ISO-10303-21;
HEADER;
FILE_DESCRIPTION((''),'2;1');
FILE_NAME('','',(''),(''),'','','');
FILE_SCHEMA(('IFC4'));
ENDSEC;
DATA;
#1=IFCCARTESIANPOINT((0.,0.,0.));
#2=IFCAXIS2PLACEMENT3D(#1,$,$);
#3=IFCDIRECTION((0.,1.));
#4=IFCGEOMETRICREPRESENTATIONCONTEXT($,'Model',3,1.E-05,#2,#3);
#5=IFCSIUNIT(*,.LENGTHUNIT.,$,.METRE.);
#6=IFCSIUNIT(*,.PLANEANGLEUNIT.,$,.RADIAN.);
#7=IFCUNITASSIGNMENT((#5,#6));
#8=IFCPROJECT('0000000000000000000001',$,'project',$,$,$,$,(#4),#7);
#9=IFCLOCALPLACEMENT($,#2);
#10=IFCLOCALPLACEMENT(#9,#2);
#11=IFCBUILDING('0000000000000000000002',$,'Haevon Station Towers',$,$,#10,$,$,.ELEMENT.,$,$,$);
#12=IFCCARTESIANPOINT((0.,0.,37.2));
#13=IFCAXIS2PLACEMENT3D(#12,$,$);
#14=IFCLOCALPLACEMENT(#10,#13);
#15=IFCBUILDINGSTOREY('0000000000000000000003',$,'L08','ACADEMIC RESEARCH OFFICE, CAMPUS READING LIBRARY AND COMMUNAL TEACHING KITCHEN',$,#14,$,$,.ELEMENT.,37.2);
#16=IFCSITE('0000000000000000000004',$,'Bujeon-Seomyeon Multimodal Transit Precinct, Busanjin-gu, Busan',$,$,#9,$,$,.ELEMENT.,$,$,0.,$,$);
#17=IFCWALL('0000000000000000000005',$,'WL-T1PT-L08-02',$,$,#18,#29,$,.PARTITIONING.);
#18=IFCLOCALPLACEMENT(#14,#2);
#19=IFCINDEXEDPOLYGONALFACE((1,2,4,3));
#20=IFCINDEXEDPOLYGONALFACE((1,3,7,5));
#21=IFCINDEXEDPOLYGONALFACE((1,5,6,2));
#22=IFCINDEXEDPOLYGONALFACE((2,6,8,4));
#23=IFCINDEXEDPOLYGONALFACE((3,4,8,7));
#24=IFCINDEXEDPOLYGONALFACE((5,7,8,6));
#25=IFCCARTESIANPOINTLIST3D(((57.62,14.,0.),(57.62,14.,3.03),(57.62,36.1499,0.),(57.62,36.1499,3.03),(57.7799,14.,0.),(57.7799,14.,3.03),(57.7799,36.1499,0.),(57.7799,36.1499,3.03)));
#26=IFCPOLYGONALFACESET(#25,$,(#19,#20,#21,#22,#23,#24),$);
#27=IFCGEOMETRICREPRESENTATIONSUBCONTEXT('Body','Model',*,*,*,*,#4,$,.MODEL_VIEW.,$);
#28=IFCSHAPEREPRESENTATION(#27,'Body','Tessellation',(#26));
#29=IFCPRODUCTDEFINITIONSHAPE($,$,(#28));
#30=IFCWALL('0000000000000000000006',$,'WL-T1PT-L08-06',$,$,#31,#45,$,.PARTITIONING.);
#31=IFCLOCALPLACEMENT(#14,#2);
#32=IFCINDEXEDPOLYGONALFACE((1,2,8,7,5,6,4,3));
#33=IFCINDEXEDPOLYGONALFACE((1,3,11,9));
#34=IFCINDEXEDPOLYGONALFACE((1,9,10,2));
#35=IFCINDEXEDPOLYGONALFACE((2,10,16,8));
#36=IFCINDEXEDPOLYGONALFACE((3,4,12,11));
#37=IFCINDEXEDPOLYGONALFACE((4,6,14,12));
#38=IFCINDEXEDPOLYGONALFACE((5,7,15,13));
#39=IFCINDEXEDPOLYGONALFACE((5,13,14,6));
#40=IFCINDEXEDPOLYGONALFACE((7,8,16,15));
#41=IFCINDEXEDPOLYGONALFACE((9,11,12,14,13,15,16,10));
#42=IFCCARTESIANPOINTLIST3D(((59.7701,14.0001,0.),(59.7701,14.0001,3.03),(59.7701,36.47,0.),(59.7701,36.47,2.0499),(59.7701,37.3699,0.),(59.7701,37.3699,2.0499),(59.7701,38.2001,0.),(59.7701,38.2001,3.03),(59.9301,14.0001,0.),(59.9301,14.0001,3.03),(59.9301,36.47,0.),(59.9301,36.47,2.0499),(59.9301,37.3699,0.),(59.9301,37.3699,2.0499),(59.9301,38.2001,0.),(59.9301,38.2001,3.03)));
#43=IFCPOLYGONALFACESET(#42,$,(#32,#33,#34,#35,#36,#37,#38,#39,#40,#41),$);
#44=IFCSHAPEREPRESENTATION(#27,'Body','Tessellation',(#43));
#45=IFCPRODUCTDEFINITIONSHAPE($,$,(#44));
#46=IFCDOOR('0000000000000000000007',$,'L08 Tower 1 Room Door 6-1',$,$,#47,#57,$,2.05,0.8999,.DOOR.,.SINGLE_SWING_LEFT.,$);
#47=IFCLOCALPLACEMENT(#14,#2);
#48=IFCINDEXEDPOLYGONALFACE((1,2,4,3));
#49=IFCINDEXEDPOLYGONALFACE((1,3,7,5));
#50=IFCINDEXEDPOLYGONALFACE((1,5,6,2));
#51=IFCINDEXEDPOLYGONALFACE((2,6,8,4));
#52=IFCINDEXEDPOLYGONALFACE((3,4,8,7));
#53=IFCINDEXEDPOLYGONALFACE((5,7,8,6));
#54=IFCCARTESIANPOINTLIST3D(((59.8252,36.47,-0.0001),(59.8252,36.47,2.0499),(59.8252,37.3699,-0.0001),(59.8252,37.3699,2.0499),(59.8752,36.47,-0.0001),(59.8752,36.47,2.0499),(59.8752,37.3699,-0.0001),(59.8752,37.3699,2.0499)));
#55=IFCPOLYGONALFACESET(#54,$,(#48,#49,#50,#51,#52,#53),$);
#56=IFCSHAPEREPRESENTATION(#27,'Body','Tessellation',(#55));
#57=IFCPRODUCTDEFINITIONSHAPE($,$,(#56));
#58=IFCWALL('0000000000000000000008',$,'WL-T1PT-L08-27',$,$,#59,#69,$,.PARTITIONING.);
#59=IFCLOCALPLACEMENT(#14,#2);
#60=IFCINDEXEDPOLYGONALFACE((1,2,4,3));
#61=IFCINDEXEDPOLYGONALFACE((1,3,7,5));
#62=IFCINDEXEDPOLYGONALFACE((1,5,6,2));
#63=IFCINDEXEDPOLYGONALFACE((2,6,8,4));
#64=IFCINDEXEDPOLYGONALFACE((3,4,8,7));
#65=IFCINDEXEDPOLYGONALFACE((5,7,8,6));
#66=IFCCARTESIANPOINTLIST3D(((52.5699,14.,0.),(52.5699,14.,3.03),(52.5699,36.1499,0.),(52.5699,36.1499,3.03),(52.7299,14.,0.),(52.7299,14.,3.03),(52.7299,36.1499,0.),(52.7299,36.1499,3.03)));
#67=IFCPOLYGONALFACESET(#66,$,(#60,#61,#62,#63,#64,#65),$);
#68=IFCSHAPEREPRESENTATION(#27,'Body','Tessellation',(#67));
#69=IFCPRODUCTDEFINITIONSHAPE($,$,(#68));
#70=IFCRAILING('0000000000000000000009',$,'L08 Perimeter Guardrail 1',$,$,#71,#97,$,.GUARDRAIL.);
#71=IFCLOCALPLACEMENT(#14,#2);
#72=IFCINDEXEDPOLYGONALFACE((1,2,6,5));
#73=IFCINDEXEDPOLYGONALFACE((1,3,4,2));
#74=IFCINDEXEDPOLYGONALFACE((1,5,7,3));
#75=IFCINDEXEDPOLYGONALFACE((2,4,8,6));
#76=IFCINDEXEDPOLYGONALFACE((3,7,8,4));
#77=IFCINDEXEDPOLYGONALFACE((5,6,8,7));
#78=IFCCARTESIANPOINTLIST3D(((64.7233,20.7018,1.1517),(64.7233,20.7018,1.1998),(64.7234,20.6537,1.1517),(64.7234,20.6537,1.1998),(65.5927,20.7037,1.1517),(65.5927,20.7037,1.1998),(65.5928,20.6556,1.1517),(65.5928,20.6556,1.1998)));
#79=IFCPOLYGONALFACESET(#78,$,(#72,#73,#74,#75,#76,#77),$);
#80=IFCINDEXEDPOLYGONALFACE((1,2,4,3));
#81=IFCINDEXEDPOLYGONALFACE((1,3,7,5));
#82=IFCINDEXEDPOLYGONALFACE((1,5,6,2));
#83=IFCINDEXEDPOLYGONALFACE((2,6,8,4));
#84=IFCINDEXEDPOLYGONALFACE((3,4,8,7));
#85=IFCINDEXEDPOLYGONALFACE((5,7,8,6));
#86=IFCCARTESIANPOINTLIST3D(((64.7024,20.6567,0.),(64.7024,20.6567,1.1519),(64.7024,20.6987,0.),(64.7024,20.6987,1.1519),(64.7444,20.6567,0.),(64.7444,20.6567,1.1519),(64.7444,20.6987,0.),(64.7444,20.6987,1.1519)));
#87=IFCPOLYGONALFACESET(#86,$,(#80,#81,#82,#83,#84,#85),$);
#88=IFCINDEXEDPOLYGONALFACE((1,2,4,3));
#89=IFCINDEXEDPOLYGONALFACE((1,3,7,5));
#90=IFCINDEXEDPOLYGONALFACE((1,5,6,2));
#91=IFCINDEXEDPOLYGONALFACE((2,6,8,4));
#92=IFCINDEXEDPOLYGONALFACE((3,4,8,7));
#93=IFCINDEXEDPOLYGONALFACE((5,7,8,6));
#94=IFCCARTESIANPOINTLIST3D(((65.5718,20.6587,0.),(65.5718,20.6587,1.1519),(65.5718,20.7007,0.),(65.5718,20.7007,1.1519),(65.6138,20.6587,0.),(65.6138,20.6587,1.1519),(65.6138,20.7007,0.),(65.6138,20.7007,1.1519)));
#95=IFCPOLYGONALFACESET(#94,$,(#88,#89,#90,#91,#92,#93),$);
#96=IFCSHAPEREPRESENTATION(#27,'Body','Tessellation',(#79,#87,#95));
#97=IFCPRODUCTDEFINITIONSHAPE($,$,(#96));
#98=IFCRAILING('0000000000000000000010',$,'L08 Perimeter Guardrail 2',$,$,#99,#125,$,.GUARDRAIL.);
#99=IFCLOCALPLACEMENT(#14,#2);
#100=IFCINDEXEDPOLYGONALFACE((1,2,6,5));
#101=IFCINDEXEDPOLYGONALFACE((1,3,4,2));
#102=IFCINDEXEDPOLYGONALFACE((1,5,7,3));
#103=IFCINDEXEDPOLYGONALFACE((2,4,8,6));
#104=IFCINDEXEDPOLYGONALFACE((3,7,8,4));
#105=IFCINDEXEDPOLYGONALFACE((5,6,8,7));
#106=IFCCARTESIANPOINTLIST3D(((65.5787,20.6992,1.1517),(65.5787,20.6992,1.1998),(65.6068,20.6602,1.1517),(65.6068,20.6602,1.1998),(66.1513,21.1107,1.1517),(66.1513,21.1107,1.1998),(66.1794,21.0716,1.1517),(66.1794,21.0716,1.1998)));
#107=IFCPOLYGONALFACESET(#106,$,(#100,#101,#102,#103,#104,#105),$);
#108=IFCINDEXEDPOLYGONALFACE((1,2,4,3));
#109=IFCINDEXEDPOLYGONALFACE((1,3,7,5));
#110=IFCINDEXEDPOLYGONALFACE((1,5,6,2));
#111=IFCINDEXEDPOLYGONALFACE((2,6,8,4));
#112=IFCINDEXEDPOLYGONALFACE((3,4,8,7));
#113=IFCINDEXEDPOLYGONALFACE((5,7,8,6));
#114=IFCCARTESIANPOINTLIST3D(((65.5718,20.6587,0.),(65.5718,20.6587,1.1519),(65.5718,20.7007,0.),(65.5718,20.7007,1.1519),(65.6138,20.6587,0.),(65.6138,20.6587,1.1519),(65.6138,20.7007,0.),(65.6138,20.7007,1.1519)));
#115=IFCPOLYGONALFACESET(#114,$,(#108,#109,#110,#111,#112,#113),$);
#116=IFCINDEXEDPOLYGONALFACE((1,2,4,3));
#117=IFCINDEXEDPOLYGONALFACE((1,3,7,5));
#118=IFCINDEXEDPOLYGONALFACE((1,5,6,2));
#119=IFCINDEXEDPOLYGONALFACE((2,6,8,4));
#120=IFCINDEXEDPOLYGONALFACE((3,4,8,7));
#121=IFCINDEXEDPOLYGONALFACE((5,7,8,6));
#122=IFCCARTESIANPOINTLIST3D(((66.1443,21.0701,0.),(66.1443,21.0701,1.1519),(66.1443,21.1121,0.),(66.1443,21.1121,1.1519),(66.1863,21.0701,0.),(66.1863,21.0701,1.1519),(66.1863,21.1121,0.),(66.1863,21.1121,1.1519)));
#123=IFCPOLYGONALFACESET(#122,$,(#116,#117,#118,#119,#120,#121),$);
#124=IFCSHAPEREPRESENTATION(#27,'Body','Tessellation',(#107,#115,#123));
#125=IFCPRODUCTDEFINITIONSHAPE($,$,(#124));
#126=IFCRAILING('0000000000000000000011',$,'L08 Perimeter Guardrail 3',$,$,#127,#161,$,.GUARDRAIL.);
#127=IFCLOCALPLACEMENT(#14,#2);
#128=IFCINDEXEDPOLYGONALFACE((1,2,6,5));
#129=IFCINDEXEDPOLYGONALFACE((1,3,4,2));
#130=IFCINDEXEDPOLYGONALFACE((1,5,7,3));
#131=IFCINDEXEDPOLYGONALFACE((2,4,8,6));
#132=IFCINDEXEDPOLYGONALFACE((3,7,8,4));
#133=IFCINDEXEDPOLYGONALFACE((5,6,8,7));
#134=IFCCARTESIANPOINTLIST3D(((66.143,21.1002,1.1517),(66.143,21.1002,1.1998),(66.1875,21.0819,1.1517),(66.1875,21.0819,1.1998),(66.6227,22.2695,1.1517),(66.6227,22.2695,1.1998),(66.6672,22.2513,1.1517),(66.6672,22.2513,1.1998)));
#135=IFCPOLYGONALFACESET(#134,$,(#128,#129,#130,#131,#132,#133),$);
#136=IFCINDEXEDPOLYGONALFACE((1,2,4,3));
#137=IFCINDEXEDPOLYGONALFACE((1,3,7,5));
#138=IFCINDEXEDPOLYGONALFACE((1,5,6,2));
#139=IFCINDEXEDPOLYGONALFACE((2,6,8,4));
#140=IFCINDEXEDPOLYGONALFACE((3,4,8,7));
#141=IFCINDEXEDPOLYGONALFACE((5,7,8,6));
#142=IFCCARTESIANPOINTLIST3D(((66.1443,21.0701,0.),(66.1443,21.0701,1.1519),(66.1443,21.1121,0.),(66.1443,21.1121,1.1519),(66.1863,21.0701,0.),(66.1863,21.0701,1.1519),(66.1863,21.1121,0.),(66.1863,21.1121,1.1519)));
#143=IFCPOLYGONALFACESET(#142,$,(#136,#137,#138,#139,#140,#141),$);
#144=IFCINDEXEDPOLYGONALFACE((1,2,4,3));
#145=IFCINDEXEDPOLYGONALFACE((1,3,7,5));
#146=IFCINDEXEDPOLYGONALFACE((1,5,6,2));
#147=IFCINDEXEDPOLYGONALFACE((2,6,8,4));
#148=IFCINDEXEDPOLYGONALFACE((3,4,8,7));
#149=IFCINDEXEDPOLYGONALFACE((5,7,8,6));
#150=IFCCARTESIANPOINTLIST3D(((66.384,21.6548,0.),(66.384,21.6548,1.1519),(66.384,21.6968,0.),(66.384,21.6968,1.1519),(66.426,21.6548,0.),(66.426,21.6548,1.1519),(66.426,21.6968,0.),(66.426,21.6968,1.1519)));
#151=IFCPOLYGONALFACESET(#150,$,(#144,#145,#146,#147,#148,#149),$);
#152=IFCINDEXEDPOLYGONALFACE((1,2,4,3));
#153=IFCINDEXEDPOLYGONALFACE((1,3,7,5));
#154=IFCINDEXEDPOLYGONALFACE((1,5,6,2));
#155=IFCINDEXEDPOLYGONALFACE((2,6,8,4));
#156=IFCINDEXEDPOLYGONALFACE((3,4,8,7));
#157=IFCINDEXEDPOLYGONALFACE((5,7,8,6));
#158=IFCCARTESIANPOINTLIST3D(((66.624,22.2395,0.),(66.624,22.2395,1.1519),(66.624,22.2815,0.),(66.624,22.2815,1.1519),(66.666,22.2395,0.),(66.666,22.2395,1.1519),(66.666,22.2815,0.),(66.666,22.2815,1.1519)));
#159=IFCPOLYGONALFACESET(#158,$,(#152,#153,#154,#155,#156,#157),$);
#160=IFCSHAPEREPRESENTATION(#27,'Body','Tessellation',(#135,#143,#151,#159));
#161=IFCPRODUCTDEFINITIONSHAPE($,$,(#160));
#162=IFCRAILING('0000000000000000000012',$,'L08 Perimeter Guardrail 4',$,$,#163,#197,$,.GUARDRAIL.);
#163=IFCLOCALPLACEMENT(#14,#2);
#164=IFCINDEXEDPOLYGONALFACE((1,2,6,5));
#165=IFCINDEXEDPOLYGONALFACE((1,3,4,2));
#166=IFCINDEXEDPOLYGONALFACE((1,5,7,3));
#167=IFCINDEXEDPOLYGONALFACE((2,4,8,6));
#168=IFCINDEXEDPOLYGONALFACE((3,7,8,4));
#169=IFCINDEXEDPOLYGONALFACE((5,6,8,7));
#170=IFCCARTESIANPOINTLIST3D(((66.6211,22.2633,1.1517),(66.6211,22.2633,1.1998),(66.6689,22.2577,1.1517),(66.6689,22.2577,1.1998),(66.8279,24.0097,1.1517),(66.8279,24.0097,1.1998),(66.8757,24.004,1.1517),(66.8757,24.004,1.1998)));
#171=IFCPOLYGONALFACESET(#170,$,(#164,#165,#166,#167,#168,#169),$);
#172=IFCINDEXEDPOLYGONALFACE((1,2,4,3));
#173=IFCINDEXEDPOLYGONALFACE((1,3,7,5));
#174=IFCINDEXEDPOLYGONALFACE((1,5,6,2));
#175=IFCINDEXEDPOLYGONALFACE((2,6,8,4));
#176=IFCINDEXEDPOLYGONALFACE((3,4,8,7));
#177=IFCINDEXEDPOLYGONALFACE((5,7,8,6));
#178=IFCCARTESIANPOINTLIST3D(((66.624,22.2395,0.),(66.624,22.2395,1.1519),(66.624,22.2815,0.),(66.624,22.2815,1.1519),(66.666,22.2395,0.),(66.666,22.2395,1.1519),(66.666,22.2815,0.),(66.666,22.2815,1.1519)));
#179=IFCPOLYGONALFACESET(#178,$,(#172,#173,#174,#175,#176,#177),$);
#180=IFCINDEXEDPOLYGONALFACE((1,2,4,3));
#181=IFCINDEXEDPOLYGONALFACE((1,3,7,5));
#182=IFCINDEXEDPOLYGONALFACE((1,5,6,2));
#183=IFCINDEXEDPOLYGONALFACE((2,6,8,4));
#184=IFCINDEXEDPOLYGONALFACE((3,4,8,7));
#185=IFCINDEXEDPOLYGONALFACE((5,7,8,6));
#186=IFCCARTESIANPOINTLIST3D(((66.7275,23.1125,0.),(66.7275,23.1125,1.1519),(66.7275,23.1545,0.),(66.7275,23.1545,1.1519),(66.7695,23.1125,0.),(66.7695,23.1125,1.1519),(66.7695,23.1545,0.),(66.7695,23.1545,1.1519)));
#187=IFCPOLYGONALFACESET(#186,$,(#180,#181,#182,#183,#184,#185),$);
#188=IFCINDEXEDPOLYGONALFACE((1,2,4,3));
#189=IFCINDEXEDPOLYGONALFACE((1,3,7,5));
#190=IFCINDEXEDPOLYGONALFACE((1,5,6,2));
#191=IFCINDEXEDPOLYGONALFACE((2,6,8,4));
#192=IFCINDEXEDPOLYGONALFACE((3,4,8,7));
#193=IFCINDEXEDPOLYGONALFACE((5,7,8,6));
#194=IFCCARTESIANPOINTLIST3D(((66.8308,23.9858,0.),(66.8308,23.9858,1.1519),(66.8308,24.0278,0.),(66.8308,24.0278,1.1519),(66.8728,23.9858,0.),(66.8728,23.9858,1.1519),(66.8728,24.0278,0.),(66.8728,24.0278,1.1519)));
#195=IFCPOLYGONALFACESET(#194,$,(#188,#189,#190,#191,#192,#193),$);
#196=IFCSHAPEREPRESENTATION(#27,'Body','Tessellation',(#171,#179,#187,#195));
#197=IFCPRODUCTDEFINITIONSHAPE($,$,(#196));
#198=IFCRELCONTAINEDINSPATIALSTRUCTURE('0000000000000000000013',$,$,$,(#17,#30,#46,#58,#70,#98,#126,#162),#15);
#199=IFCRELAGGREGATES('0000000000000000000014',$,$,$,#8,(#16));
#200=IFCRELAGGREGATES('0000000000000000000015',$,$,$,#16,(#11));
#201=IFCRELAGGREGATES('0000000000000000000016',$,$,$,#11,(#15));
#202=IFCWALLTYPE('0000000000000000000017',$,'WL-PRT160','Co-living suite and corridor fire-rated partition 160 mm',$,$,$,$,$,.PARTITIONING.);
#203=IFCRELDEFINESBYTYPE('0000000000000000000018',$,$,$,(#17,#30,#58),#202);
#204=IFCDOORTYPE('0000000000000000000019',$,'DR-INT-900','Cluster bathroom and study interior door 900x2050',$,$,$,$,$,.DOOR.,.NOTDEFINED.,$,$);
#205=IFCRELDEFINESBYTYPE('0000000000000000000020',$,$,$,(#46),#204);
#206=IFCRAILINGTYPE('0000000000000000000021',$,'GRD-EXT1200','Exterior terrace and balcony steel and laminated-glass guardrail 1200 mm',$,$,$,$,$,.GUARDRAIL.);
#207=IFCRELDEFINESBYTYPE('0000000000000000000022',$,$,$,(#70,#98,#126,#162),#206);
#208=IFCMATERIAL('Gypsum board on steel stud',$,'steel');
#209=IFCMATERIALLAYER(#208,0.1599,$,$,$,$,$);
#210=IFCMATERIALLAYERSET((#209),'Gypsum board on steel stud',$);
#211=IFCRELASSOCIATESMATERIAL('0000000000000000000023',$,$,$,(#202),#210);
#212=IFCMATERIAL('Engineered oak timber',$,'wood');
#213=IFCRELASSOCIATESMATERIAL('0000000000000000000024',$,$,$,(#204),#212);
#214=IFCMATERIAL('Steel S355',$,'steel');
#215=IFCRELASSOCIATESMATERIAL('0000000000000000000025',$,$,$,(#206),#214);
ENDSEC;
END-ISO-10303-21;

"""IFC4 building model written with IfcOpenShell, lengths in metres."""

from ifc_helpers import new_model, si_unit, direction, frame, frame_2d, origin, origin_2d, place, context, subcontext, project, spatial, rectangle, extrude, material, layer, layer_set, type_object, element, fill, save


model = new_model("IFC4")

# Units and contexts
model_context = context("Model", 3, precision=1e-05, world=origin(), true_north=direction((0.0, 1.0)))
body_context = subcontext(model_context, "Body", "Model", "MODEL_VIEW")
ifc_project = project(units=[si_unit("LENGTHUNIT", "METRE"), si_unit("PLANEANGLEUNIT", "RADIAN")], contexts=[model_context])

# Site, building, storey
site_placement = place(None, origin())
site = spatial("IfcSite", under=ifc_project, at=site_placement, Name="Bujeon-Seomyeon Multimodal Transit Precinct, Busanjin-gu, Busan", CompositionType="ELEMENT", RefElevation=0.0)
building_placement = place(site_placement, origin())
building = spatial("IfcBuilding", under=site, at=building_placement, Name="Haevon Station Towers", CompositionType="ELEMENT")
storey_placement = place(building_placement, frame((0.0, 0.0, 37.2)))
storey = spatial("IfcBuildingStorey", under=building, at=storey_placement, Name="L08", Description="ACADEMIC RESEARCH OFFICE, CAMPUS READING LIBRARY AND COMMUNAL TEACHING KITCHEN", CompositionType="ELEMENT", Elevation=37.2)

# Shared definitions
ifc_material_1 = material(Name="Steel S355", Category="steel")

# Wall
ifc_material_2 = material(Name="Gypsum board on steel stud", Category="steel")
ifc_layer_1 = layer(ifc_material_2, 0.1599)
ifc_layer_set_1 = layer_set([ifc_layer_1], Name="Gypsum board on steel stud")
wall_type_1 = type_object("IfcWallType", Name="WL-PRT160", Description="Co-living suite and corridor fire-rated partition 160 mm", PredefinedType="PARTITIONING", material=ifc_layer_set_1)
wall_1_placement = place(storey_placement, frame((57.7, 14.0, 0.0), z_axis=(0.0, 0.0, 1.0), x_axis=(0.0, 1.0, 0.0)))
element("IfcWall", 1, at=wall_1_placement, inside=storey, type_object=wall_type_1, Name="WL-T1PT-L08-02", PredefinedType="PARTITIONING", context=body_context, shape_type="SweptSolid", body=[
    extrude(rectangle(XDim=22.1499, YDim=0.1599, at=frame_2d((11.075, 0.0))), origin(), (0.0, 0.0, 1.0), 3.03),
])

# Wall, opening, door
wall_2_placement = place(storey_placement, frame((59.8501, 14.0, 0.0), z_axis=(0.0, 0.0, 1.0), x_axis=(0.0, 1.0, 0.0)))
wall_2 = element("IfcWall", 2, at=wall_2_placement, inside=storey, type_object=wall_type_1, Name="WL-T1PT-L08-06", PredefinedType="PARTITIONING", context=body_context, shape_type="SweptSolid", body=[
    extrude(rectangle(XDim=24.2, YDim=0.1599, at=frame_2d((12.1001, 0.0))), origin(), (0.0, 0.0, 1.0), 3.03),
])
opening_1_placement = place(wall_2_placement, frame((22.47, 0.0, 0.0)))
opening_1 = element("IfcOpeningElement", 3, at=opening_1_placement, cuts=wall_2, PredefinedType="OPENING", context=body_context, shape_type="SweptSolid", body=[
    extrude(rectangle(XDim=0.8999, YDim=2.05, at=frame_2d((0.45, 1.0249))), frame((0.0, 0.0898, 0.0), z_axis=(0.0, -1.0, 0.0), x_axis=(1.0, 0.0, 0.0)), (0.0, 0.0, 1.0), 0.1799),
])
ifc_material_3 = material(Name="Engineered oak timber", Category="wood")
door_type = type_object("IfcDoorType", Name="DR-INT-900", Description="Cluster bathroom and study interior door 900x2050", OperationType="NOTDEFINED", PredefinedType="DOOR", material=ifc_material_3)
door_placement = place(opening_1_placement, origin())
door = element("IfcDoor", 4, at=door_placement, inside=storey, type_object=door_type, Name="L08 Tower 1 Room Door 6-1", OperationType="SINGLE_SWING_LEFT", OverallHeight=2.05, OverallWidth=0.8999, PredefinedType="DOOR", context=body_context, shape_type="SweptSolid", body=[
    extrude(rectangle(XDim=0.8999, YDim=2.05, at=frame_2d((0.45, 1.0249))), frame((0.0, 0.0249, 0.0), z_axis=(0.0, -1.0, 0.0), x_axis=(1.0, 0.0, 0.0)), (0.0, 0.0, 1.0), 0.05),
])
fill(opening_1, door)

# Wall
wall_3_placement = place(storey_placement, frame((52.6499, 14.0, 0.0), z_axis=(0.0, 0.0, 1.0), x_axis=(0.0, 1.0, 0.0)))
element("IfcWall", 5, at=wall_3_placement, inside=storey, type_object=wall_type_1, Name="WL-T1PT-L08-27", PredefinedType="PARTITIONING", context=body_context, shape_type="SweptSolid", body=[
    extrude(rectangle(XDim=22.1499, YDim=0.1599, at=frame_2d((11.075, 0.0))), origin(), (0.0, 0.0, 1.0), 3.03),
])

# Railings
railing_type = type_object("IfcRailingType", Name="GRD-EXT1200", Description="Exterior terrace and balcony steel and laminated-glass guardrail 1200 mm", PredefinedType="GUARDRAIL", material=ifc_material_1)
railing_1_placement = place(storey_placement, frame((64.7234, 20.6777, 0.0)))
element("IfcRailing", 6, at=railing_1_placement, inside=storey, type_object=railing_type, Name="L08 Perimeter Guardrail 1", PredefinedType="GUARDRAIL", context=body_context, shape_type="SweptSolid", body=[
    extrude(rectangle(XDim=0.0481, YDim=0.0481, at=origin_2d()), frame((0.0, 0.0, 1.1758), z_axis=(0.999997, 0.002247, 0.0), x_axis=(-0.002247, 0.999997, 0.0)), (0.0, 0.0, 1.0), 0.8694),
    extrude(rectangle(XDim=0.042, YDim=0.042, at=origin_2d()), origin(), (0.0, 0.0, 1.0), 1.1519),
    extrude(rectangle(XDim=0.042, YDim=0.042, at=origin_2d()), frame((0.8694, 0.002, 0.0)), (0.0, 0.0, 1.0), 1.1519),
])
railing_2_placement = place(storey_placement, frame((65.5928, 20.6797, 0.0)))
element("IfcRailing", 7, at=railing_2_placement, inside=storey, type_object=railing_type, Name="L08 Perimeter Guardrail 2", PredefinedType="GUARDRAIL", context=body_context, shape_type="SweptSolid", body=[
    extrude(rectangle(XDim=0.0481, YDim=0.0481, at=origin_2d()), frame((0.0, 0.0, 1.1758), z_axis=(0.812092, 0.583529, 0.0), x_axis=(-0.583529, 0.812092, 0.0)), (0.0, 0.0, 1.0), 0.7051),
    extrude(rectangle(XDim=0.042, YDim=0.042, at=origin_2d()), origin(), (0.0, 0.0, 1.0), 1.1519),
    extrude(rectangle(XDim=0.042, YDim=0.042, at=origin_2d()), frame((0.5725, 0.4114, 0.0)), (0.0, 0.0, 1.0), 1.1519),
])
railing_3_placement = place(storey_placement, frame((66.1653, 21.0911, 0.0)))
element("IfcRailing", 8, at=railing_3_placement, inside=storey, type_object=railing_type, Name="L08 Perimeter Guardrail 3", PredefinedType="GUARDRAIL", context=body_context, shape_type="SweptSolid", body=[
    extrude(rectangle(XDim=0.0481, YDim=0.0481, at=origin_2d()), frame((0.0, 0.0, 1.1758), z_axis=(0.379535, 0.925177, 0.0), x_axis=(-0.925177, 0.379535, 0.0)), (0.0, 0.0, 1.0), 1.2639),
    extrude(rectangle(XDim=0.042, YDim=0.042, at=origin_2d()), origin(), (0.0, 0.0, 1.0), 1.1519),
    extrude(rectangle(XDim=0.042, YDim=0.042, at=origin_2d()), frame((0.2397, 0.5847, 0.0)), (0.0, 0.0, 1.0), 1.1519),
    extrude(rectangle(XDim=0.042, YDim=0.042, at=origin_2d()), frame((0.4797, 1.1694, 0.0)), (0.0, 0.0, 1.0), 1.1519),
])
railing_4_placement = place(storey_placement, frame((66.645, 22.2605, 0.0)))
element("IfcRailing", 9, at=railing_4_placement, inside=storey, type_object=railing_type, Name="L08 Perimeter Guardrail 4", PredefinedType="GUARDRAIL", context=body_context, shape_type="SweptSolid", body=[
    extrude(rectangle(XDim=0.0481, YDim=0.0481, at=origin_2d()), frame((0.0, 0.0, 1.1758), z_axis=(0.11759, 0.993062, 0.0), x_axis=(-0.993062, 0.11759, 0.0)), (0.0, 0.0, 1.0), 1.7585),
    extrude(rectangle(XDim=0.042, YDim=0.042, at=origin_2d()), origin(), (0.0, 0.0, 1.0), 1.1519),
    extrude(rectangle(XDim=0.042, YDim=0.042, at=origin_2d()), frame((0.1035, 0.873, 0.0)), (0.0, 0.0, 1.0), 1.1519),
    extrude(rectangle(XDim=0.042, YDim=0.042, at=origin_2d()), frame((0.2068, 1.7463, 0.0)), (0.0, 0.0, 1.0), 1.1519),
])

save(model, "model.ifc")
